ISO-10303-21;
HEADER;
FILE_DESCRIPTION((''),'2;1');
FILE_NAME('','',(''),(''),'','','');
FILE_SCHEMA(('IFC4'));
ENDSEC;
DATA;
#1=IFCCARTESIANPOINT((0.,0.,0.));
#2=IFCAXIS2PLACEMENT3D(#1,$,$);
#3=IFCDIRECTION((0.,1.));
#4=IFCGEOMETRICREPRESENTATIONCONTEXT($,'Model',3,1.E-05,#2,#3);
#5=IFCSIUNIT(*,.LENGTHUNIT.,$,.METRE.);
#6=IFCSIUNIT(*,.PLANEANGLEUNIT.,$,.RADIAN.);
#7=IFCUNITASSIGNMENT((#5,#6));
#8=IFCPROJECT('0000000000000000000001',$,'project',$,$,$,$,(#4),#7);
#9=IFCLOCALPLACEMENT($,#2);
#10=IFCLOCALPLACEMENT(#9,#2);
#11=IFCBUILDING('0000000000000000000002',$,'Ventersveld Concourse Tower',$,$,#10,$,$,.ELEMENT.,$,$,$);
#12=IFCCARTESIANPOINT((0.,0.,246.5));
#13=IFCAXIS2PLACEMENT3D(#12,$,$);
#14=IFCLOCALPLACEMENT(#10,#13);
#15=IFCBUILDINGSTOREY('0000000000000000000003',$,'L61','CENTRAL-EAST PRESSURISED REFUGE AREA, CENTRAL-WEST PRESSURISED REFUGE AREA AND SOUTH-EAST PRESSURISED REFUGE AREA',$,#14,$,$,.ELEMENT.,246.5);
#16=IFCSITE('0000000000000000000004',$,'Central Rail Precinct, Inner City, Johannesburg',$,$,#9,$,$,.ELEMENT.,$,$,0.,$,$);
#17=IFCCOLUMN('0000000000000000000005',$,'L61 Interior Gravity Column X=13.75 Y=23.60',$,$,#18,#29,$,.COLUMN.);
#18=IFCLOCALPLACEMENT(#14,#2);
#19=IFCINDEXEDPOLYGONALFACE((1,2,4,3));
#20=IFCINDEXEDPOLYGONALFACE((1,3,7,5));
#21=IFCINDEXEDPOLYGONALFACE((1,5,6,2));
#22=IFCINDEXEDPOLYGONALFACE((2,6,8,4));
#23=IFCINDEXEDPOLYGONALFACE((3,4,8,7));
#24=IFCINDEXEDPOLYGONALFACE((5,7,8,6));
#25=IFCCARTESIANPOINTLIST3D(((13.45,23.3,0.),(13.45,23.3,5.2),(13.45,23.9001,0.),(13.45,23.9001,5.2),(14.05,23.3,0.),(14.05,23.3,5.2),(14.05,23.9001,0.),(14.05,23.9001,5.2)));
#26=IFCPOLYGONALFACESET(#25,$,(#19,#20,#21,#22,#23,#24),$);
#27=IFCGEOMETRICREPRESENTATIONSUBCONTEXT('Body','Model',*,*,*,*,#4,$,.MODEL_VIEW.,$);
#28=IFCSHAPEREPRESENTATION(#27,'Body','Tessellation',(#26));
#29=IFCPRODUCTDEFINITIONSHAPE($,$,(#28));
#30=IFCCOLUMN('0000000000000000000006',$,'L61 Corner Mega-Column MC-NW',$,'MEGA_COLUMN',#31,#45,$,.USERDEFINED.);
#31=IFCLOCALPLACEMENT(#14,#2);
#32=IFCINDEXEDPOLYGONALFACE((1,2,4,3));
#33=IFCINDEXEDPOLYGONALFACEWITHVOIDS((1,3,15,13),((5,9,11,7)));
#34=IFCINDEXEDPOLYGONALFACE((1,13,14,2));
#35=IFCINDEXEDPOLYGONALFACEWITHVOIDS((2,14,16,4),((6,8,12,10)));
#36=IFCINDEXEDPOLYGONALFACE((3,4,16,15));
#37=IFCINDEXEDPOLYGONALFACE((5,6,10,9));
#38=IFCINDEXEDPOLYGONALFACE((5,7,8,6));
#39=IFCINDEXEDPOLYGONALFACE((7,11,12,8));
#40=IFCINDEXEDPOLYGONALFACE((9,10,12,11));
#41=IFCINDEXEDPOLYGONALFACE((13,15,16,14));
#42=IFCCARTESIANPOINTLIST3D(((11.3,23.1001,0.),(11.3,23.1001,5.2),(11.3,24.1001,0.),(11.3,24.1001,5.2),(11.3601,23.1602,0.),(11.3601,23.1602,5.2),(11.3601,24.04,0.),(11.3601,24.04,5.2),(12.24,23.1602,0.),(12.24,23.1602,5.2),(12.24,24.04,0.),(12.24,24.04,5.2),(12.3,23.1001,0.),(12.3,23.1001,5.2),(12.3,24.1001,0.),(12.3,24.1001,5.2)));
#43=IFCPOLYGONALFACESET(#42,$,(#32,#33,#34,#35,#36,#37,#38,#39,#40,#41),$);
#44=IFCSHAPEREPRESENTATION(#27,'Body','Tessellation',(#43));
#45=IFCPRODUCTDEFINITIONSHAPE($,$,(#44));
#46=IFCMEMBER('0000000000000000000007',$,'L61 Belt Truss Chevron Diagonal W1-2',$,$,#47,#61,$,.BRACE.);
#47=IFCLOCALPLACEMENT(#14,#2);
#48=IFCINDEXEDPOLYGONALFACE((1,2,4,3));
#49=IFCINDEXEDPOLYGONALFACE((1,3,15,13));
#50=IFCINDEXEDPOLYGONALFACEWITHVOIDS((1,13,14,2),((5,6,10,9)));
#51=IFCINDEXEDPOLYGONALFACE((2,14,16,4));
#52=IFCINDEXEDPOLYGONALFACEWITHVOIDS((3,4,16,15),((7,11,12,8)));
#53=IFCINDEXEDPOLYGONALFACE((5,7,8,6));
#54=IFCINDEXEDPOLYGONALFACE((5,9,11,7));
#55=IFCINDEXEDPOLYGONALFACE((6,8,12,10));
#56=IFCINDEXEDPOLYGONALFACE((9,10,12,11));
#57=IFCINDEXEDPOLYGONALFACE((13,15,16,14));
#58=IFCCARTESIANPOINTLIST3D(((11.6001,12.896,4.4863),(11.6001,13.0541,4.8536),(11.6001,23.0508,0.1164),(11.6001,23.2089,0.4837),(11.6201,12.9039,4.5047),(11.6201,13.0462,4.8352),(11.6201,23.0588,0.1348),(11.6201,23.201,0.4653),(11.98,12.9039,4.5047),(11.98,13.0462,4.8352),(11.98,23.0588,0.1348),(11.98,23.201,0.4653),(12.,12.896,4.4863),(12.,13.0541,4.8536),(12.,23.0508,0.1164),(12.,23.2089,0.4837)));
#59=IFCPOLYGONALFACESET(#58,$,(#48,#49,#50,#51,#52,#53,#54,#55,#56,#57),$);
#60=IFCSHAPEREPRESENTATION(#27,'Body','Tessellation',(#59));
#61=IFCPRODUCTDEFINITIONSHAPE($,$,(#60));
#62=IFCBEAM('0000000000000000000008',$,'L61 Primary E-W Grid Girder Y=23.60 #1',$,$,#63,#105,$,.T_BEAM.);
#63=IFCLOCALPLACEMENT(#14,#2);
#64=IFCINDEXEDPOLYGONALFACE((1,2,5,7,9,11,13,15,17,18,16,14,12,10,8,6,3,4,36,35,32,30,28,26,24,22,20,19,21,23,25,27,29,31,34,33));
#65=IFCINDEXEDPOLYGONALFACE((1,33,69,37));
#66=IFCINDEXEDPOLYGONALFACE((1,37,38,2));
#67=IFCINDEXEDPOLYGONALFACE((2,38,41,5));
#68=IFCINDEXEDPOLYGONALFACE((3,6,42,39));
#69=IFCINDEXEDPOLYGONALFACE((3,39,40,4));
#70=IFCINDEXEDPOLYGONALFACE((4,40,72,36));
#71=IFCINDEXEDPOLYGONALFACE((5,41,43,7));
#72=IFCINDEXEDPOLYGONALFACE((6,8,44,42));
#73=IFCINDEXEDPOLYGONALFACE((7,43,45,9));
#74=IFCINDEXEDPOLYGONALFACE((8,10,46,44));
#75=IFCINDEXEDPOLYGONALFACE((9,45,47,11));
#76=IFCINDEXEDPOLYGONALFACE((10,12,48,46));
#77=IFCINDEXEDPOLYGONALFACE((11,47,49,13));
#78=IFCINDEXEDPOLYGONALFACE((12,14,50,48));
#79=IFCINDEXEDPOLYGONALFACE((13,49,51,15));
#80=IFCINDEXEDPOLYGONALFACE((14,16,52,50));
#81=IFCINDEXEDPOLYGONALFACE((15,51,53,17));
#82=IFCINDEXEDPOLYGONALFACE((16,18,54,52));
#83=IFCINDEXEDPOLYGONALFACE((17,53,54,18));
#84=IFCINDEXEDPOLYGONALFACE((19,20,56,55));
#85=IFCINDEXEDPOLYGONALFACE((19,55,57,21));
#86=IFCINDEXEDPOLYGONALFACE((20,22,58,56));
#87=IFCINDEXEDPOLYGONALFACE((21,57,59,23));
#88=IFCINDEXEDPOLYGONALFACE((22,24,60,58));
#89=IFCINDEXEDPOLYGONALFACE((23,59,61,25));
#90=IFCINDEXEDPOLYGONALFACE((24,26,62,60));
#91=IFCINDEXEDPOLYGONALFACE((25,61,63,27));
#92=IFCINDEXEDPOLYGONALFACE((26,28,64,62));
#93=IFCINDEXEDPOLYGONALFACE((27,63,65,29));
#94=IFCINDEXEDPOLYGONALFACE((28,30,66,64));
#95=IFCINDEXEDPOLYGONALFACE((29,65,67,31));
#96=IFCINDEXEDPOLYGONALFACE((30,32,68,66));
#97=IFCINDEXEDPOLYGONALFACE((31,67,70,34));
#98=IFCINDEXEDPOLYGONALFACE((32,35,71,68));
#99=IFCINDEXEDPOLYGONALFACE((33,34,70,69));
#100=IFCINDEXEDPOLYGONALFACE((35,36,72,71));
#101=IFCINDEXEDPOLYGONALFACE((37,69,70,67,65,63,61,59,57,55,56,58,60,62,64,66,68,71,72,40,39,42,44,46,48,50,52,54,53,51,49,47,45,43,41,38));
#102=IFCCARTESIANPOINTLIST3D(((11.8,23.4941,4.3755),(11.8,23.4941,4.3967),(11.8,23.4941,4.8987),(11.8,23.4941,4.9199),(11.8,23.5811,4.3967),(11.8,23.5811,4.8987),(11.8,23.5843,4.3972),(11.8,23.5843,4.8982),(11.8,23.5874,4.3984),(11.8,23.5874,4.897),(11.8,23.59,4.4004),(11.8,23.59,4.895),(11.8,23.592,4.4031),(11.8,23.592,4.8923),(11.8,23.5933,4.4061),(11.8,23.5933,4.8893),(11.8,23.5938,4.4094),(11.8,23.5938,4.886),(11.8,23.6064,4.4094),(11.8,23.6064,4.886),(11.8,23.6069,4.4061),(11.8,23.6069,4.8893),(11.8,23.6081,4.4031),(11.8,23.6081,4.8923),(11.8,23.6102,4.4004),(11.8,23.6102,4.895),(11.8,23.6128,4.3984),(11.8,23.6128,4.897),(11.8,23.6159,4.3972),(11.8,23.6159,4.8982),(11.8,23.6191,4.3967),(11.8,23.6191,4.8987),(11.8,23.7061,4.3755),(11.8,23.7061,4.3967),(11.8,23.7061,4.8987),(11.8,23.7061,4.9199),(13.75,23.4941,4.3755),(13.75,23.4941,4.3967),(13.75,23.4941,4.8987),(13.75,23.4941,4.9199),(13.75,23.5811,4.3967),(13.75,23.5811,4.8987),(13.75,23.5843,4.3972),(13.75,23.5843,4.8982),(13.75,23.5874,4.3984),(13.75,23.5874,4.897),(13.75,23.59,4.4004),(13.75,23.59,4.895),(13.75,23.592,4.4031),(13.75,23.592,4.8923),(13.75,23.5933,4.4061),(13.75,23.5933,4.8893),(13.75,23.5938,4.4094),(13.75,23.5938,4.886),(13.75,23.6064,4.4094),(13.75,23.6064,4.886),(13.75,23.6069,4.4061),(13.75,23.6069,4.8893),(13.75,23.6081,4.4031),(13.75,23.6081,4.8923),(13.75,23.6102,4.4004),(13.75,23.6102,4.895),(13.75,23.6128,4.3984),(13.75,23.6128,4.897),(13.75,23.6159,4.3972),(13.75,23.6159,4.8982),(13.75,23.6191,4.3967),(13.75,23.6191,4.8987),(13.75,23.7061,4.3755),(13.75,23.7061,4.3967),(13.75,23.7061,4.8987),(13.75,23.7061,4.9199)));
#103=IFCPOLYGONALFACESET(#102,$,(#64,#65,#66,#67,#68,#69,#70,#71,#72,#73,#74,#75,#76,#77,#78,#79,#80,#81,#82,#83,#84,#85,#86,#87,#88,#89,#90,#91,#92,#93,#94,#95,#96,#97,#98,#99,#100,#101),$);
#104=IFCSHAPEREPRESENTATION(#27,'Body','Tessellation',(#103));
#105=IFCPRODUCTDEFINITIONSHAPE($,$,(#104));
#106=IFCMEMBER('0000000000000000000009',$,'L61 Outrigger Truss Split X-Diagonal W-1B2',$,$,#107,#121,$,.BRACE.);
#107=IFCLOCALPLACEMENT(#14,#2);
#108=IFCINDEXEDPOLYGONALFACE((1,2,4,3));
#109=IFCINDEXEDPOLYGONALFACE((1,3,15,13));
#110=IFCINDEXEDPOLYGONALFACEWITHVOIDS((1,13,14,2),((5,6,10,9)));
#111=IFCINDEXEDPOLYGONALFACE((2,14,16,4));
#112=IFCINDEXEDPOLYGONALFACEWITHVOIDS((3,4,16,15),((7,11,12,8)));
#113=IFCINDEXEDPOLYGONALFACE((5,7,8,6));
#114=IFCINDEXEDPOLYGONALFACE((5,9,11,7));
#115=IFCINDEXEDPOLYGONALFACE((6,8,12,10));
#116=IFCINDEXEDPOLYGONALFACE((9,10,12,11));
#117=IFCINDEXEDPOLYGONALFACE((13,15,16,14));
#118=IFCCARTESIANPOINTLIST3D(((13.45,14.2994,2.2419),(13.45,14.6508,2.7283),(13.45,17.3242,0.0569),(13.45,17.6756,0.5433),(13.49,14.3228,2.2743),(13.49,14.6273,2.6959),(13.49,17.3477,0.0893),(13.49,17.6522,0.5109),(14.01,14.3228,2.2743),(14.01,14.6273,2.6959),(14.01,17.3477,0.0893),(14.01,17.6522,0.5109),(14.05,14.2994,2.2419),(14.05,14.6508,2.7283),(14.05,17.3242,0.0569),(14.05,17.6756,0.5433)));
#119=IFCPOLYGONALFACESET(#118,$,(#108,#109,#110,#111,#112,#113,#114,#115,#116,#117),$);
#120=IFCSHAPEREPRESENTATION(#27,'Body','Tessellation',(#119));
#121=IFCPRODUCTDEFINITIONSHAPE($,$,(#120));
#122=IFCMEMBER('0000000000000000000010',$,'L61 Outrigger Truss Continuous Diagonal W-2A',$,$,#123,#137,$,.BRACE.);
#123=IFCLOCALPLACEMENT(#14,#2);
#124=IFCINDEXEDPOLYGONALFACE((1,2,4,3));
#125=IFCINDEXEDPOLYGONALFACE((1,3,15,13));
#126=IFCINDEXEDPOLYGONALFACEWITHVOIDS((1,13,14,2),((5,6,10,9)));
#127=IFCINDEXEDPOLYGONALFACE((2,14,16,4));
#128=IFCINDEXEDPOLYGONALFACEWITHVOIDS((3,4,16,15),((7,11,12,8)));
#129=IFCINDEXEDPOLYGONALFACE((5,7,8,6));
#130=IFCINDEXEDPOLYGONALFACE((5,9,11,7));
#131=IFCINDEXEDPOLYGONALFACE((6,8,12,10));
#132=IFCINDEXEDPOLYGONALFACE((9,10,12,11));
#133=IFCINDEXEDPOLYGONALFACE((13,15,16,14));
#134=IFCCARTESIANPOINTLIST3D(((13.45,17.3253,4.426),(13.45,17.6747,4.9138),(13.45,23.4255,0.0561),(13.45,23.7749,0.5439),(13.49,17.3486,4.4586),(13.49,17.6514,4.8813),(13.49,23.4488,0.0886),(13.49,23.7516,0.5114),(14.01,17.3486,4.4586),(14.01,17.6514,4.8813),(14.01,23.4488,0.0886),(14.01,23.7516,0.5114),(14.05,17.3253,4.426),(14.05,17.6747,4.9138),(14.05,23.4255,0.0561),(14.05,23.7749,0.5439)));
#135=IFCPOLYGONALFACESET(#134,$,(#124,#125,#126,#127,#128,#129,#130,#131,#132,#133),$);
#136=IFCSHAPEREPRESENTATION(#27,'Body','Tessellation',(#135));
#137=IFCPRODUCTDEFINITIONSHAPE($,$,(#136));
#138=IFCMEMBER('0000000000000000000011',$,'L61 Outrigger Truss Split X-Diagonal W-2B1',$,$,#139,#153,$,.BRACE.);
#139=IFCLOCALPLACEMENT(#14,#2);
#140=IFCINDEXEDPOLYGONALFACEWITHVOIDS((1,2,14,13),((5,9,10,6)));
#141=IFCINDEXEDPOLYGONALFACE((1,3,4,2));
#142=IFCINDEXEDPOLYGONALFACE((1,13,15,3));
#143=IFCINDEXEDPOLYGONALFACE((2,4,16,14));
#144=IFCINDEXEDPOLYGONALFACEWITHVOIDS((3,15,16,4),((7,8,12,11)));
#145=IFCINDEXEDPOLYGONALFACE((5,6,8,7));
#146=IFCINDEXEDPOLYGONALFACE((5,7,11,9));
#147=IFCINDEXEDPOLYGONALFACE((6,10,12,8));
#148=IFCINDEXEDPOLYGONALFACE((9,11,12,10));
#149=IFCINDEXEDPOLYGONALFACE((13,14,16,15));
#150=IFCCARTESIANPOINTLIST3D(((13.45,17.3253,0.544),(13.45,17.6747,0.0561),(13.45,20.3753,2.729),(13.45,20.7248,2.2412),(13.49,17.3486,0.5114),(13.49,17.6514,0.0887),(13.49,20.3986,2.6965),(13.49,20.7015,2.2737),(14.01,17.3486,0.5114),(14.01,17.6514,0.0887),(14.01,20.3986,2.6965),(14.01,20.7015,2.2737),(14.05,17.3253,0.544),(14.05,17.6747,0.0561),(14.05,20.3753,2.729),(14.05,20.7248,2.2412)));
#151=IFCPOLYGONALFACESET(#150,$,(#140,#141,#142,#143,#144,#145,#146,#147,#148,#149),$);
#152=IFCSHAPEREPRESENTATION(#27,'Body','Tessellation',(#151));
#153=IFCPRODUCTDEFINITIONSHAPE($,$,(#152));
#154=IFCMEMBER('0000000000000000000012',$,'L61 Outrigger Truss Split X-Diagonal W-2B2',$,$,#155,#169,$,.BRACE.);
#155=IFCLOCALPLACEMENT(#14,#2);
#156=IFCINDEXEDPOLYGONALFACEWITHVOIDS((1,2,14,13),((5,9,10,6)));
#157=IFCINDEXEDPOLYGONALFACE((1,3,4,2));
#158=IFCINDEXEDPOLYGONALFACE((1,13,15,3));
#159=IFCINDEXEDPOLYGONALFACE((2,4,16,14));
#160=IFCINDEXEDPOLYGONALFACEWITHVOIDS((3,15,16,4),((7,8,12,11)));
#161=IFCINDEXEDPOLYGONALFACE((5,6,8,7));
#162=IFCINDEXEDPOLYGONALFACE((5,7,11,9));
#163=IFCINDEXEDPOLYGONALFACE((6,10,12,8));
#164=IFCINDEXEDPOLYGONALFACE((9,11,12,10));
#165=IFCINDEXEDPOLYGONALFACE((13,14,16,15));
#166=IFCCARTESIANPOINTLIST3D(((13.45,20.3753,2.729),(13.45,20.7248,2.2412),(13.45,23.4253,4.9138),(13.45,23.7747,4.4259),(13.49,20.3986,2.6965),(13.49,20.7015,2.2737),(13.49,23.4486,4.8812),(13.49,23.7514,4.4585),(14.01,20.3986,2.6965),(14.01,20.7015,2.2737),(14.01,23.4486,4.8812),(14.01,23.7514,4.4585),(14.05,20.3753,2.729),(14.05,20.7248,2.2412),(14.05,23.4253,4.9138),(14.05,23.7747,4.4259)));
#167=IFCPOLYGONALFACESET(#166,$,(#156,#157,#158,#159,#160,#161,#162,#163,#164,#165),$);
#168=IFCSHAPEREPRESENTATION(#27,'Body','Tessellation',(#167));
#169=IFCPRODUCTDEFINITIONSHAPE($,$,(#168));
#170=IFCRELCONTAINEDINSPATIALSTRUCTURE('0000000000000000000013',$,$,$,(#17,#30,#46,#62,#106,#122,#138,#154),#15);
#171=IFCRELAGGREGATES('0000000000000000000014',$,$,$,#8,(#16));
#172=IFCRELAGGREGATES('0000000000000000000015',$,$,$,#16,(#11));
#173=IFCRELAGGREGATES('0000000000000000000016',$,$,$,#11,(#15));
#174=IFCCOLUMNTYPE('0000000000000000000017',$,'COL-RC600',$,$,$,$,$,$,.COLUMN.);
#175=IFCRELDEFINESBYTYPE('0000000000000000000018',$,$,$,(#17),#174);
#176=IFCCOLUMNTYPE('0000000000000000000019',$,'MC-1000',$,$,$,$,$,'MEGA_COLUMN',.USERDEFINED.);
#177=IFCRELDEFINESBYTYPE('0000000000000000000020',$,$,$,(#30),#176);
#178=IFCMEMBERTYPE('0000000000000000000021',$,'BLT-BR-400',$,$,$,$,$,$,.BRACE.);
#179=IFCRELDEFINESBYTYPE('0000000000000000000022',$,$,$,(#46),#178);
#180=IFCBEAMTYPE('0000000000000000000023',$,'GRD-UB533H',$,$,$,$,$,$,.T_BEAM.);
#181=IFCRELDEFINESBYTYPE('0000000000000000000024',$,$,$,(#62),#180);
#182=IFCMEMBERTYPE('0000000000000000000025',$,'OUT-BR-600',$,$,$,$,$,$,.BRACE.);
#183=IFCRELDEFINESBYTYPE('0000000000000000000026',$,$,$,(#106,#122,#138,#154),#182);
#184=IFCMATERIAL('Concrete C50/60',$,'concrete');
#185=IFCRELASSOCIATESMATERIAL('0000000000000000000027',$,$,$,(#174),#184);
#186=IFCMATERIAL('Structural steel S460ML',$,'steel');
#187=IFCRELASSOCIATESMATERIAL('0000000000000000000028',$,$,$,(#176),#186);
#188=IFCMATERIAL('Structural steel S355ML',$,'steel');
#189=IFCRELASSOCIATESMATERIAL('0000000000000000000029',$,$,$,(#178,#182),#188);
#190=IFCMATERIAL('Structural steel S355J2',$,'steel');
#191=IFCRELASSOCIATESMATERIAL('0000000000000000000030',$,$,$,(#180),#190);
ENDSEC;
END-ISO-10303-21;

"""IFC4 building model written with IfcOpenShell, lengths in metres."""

from ifc_helpers import new_model, si_unit, direction, frame, origin, origin_2d, place, context, subcontext, project, spatial, rectangle, hollow_rectangle, i_section, extrude, material, material_profile, profile_set, type_object, element, save


model = new_model("IFC4")

# Units and contexts
model_context = context("Model", 3, precision=1e-05, world=origin(), true_north=direction((0.0, 1.0)))
body_context = subcontext(model_context, "Body", "Model", "MODEL_VIEW")
ifc_project = project(units=[si_unit("LENGTHUNIT", "METRE"), si_unit("PLANEANGLEUNIT", "RADIAN")], contexts=[model_context])

# Site, building, storey
site_placement = place(None, origin())
site = spatial("IfcSite", under=ifc_project, at=site_placement, Name="Central Rail Precinct, Inner City, Johannesburg", CompositionType="ELEMENT", RefElevation=0.0)
building_placement = place(site_placement, origin())
building = spatial("IfcBuilding", under=site, at=building_placement, Name="Ventersveld Concourse Tower", CompositionType="ELEMENT")
storey_placement = place(building_placement, frame((0.0, 0.0, 246.5)))
storey = spatial("IfcBuildingStorey", under=building, at=storey_placement, Name="L61", Description="CENTRAL-EAST PRESSURISED REFUGE AREA, CENTRAL-WEST PRESSURISED REFUGE AREA AND SOUTH-EAST PRESSURISED REFUGE AREA", CompositionType="ELEMENT", Elevation=246.5)

# Columns
ifc_material_1 = material(Name="Concrete C50/60", Category="concrete")
ifc_material_profile_1 = material_profile(ifc_material_1, rectangle(XDim=0.6001, YDim=0.6001, at=origin_2d()), Name="RC 600x600")
ifc_profile_set_1 = profile_set([ifc_material_profile_1], Name="Concrete C50/60")
column_type_1 = type_object("IfcColumnType", Name="COL-RC600", PredefinedType="COLUMN", material=ifc_profile_set_1)
column_1_placement = place(storey_placement, frame((13.75, 23.6001, 0.0), z_axis=(0.0, 0.0, 1.0), x_axis=(1.0, 0.0, 0.0)))
element("IfcColumn", 1, at=column_1_placement, inside=storey, type_object=column_type_1, Name="L61 Interior Gravity Column X=13.75 Y=23.60", PredefinedType="COLUMN", context=body_context, shape_type="SweptSolid", body=[
    extrude(rectangle(XDim=0.6001, YDim=0.6001, at=origin_2d()), origin(), (0.0, 0.0, 1.0), 5.2),
])
ifc_material_2 = material(Name="Structural steel S460ML", Category="steel")
ifc_material_profile_2 = material_profile(ifc_material_2, hollow_rectangle(XDim=1.0, YDim=1.0, WallThickness=0.0601, at=origin_2d()), Name="BOX 1000x1000x60")
ifc_profile_set_2 = profile_set([ifc_material_profile_2], Name="Structural steel S460ML")
column_type_2 = type_object("IfcColumnType", Name="MC-1000", ElementType="MEGA_COLUMN", PredefinedType="USERDEFINED", material=ifc_profile_set_2)
column_2_placement = place(storey_placement, frame((11.8, 23.6001, 0.0), z_axis=(0.0, 0.0, 1.0), x_axis=(1.0, 0.0, 0.0)))
element("IfcColumn", 2, at=column_2_placement, inside=storey, type_object=column_type_2, Name="L61 Corner Mega-Column MC-NW", ObjectType="MEGA_COLUMN", PredefinedType="USERDEFINED", context=body_context, shape_type="SweptSolid", body=[
    extrude(hollow_rectangle(XDim=1.0, YDim=1.0, WallThickness=0.0601, at=origin_2d()), origin(), (0.0, 0.0, 1.0), 5.2),
])

# Member
ifc_material_3 = material(Name="Structural steel S355ML", Category="steel")
ifc_material_profile_3 = material_profile(ifc_material_3, hollow_rectangle(XDim=0.3999, YDim=0.3999, WallThickness=0.02, at=origin_2d()), Name="SHS 400x400x20")
ifc_profile_set_3 = profile_set([ifc_material_profile_3], Name="Structural steel S355ML")
member_type_1 = type_object("IfcMemberType", Name="BLT-BR-400", PredefinedType="BRACE", material=ifc_profile_set_3)
member_1_placement = place(storey_placement, frame((11.8, 23.1299, 0.3), z_axis=(0.0, -0.91856, 0.395281), x_axis=(1.0, 0.0, 0.0)))
element("IfcMember", 3, at=member_1_placement, inside=storey, type_object=member_type_1, Name="L61 Belt Truss Chevron Diagonal W1-2", PredefinedType="BRACE", context=body_context, shape_type="SweptSolid", body=[
    extrude(hollow_rectangle(XDim=0.3999, YDim=0.3999, WallThickness=0.02, at=origin_2d()), origin(), (0.0, 0.0, 1.0), 11.0552),
])

# Beam
ifc_material_4 = material(Name="Structural steel S355J2", Category="steel")
ifc_material_profile_4 = material_profile(ifc_material_4, i_section(OverallWidth=0.2119, OverallDepth=0.5444, WebThickness=0.0127, FlangeThickness=0.0212, FilletRadius=0.0127, at=origin_2d()), Name="UB 533x210x122")
ifc_profile_set_4 = profile_set([ifc_material_profile_4], Name="Structural steel S355J2")
beam_type = type_object("IfcBeamType", Name="GRD-UB533H", PredefinedType="T_BEAM", material=ifc_profile_set_4)
beam_placement = place(storey_placement, frame((11.8, 23.6001, 4.6477), z_axis=(1.0, 0.0, 0.0), x_axis=(0.0, 1.0, 0.0)))
element("IfcBeam", 4, at=beam_placement, inside=storey, type_object=beam_type, Name="L61 Primary E-W Grid Girder Y=23.60 #1", PredefinedType="T_BEAM", context=body_context, shape_type="SweptSolid", body=[
    extrude(i_section(OverallWidth=0.2119, OverallDepth=0.5444, WebThickness=0.0127, FlangeThickness=0.0212, FilletRadius=0.0127, at=origin_2d()), origin(), (0.0, 0.0, 1.0), 1.95),
])

# Members
ifc_material_profile_5 = material_profile(ifc_material_3, hollow_rectangle(XDim=0.6001, YDim=0.6001, WallThickness=0.04, at=origin_2d()), Name="BOX 600x600x40")
ifc_profile_set_5 = profile_set([ifc_material_profile_5], Name="Structural steel S355ML")
member_type_2 = type_object("IfcMemberType", Name="OUT-BR-600", PredefinedType="BRACE", material=ifc_profile_set_5)
member_2_placement = place(storey_placement, frame((13.75, 14.4751, 2.4851), z_axis=(0.0, 0.810627, -0.585562), x_axis=(-1.0, 0.0, 0.0)))
element("IfcMember", 5, at=member_2_placement, inside=storey, type_object=member_type_2, Name="L61 Outrigger Truss Split X-Diagonal W-1B2", PredefinedType="BRACE", context=body_context, shape_type="SweptSolid", body=[
    extrude(hollow_rectangle(XDim=0.6001, YDim=0.6001, WallThickness=0.04, at=origin_2d()), origin(), (0.0, 0.0, 1.0), 3.7314),
])
member_3_placement = place(storey_placement, frame((13.75, 17.5, 4.6699), z_axis=(0.0, 0.812935, -0.582355), x_axis=(-1.0, 0.0, 0.0)))
element("IfcMember", 6, at=member_3_placement, inside=storey, type_object=member_type_2, Name="L61 Outrigger Truss Continuous Diagonal W-2A", PredefinedType="BRACE", context=body_context, shape_type="SweptSolid", body=[
    extrude(hollow_rectangle(XDim=0.6001, YDim=0.6001, WallThickness=0.04, at=origin_2d()), origin(), (0.0, 0.0, 1.0), 7.5039),
])
member_4_placement = place(storey_placement, frame((13.75, 17.5, 0.3), z_axis=(0.0, 0.812919, 0.582376), x_axis=(-1.0, 0.0, 0.0)))
element("IfcMember", 7, at=member_4_placement, inside=storey, type_object=member_type_2, Name="L61 Outrigger Truss Split X-Diagonal W-2B1", PredefinedType="BRACE", context=body_context, shape_type="SweptSolid", body=[
    extrude(hollow_rectangle(XDim=0.6001, YDim=0.6001, WallThickness=0.04, at=origin_2d()), origin(), (0.0, 0.0, 1.0), 3.752),
])
member_5_placement = place(storey_placement, frame((13.75, 20.55, 2.4851), z_axis=(0.0, 0.81295, 0.582333), x_axis=(-1.0, 0.0, 0.0)))
element("IfcMember", 8, at=member_5_placement, inside=storey, type_object=member_type_2, Name="L61 Outrigger Truss Split X-Diagonal W-2B2", PredefinedType="BRACE", context=body_context, shape_type="SweptSolid", body=[
    extrude(hollow_rectangle(XDim=0.6001, YDim=0.6001, WallThickness=0.04, at=origin_2d()), origin(), (0.0, 0.0, 1.0), 3.7517),
])

save(model, "model.ifc")
